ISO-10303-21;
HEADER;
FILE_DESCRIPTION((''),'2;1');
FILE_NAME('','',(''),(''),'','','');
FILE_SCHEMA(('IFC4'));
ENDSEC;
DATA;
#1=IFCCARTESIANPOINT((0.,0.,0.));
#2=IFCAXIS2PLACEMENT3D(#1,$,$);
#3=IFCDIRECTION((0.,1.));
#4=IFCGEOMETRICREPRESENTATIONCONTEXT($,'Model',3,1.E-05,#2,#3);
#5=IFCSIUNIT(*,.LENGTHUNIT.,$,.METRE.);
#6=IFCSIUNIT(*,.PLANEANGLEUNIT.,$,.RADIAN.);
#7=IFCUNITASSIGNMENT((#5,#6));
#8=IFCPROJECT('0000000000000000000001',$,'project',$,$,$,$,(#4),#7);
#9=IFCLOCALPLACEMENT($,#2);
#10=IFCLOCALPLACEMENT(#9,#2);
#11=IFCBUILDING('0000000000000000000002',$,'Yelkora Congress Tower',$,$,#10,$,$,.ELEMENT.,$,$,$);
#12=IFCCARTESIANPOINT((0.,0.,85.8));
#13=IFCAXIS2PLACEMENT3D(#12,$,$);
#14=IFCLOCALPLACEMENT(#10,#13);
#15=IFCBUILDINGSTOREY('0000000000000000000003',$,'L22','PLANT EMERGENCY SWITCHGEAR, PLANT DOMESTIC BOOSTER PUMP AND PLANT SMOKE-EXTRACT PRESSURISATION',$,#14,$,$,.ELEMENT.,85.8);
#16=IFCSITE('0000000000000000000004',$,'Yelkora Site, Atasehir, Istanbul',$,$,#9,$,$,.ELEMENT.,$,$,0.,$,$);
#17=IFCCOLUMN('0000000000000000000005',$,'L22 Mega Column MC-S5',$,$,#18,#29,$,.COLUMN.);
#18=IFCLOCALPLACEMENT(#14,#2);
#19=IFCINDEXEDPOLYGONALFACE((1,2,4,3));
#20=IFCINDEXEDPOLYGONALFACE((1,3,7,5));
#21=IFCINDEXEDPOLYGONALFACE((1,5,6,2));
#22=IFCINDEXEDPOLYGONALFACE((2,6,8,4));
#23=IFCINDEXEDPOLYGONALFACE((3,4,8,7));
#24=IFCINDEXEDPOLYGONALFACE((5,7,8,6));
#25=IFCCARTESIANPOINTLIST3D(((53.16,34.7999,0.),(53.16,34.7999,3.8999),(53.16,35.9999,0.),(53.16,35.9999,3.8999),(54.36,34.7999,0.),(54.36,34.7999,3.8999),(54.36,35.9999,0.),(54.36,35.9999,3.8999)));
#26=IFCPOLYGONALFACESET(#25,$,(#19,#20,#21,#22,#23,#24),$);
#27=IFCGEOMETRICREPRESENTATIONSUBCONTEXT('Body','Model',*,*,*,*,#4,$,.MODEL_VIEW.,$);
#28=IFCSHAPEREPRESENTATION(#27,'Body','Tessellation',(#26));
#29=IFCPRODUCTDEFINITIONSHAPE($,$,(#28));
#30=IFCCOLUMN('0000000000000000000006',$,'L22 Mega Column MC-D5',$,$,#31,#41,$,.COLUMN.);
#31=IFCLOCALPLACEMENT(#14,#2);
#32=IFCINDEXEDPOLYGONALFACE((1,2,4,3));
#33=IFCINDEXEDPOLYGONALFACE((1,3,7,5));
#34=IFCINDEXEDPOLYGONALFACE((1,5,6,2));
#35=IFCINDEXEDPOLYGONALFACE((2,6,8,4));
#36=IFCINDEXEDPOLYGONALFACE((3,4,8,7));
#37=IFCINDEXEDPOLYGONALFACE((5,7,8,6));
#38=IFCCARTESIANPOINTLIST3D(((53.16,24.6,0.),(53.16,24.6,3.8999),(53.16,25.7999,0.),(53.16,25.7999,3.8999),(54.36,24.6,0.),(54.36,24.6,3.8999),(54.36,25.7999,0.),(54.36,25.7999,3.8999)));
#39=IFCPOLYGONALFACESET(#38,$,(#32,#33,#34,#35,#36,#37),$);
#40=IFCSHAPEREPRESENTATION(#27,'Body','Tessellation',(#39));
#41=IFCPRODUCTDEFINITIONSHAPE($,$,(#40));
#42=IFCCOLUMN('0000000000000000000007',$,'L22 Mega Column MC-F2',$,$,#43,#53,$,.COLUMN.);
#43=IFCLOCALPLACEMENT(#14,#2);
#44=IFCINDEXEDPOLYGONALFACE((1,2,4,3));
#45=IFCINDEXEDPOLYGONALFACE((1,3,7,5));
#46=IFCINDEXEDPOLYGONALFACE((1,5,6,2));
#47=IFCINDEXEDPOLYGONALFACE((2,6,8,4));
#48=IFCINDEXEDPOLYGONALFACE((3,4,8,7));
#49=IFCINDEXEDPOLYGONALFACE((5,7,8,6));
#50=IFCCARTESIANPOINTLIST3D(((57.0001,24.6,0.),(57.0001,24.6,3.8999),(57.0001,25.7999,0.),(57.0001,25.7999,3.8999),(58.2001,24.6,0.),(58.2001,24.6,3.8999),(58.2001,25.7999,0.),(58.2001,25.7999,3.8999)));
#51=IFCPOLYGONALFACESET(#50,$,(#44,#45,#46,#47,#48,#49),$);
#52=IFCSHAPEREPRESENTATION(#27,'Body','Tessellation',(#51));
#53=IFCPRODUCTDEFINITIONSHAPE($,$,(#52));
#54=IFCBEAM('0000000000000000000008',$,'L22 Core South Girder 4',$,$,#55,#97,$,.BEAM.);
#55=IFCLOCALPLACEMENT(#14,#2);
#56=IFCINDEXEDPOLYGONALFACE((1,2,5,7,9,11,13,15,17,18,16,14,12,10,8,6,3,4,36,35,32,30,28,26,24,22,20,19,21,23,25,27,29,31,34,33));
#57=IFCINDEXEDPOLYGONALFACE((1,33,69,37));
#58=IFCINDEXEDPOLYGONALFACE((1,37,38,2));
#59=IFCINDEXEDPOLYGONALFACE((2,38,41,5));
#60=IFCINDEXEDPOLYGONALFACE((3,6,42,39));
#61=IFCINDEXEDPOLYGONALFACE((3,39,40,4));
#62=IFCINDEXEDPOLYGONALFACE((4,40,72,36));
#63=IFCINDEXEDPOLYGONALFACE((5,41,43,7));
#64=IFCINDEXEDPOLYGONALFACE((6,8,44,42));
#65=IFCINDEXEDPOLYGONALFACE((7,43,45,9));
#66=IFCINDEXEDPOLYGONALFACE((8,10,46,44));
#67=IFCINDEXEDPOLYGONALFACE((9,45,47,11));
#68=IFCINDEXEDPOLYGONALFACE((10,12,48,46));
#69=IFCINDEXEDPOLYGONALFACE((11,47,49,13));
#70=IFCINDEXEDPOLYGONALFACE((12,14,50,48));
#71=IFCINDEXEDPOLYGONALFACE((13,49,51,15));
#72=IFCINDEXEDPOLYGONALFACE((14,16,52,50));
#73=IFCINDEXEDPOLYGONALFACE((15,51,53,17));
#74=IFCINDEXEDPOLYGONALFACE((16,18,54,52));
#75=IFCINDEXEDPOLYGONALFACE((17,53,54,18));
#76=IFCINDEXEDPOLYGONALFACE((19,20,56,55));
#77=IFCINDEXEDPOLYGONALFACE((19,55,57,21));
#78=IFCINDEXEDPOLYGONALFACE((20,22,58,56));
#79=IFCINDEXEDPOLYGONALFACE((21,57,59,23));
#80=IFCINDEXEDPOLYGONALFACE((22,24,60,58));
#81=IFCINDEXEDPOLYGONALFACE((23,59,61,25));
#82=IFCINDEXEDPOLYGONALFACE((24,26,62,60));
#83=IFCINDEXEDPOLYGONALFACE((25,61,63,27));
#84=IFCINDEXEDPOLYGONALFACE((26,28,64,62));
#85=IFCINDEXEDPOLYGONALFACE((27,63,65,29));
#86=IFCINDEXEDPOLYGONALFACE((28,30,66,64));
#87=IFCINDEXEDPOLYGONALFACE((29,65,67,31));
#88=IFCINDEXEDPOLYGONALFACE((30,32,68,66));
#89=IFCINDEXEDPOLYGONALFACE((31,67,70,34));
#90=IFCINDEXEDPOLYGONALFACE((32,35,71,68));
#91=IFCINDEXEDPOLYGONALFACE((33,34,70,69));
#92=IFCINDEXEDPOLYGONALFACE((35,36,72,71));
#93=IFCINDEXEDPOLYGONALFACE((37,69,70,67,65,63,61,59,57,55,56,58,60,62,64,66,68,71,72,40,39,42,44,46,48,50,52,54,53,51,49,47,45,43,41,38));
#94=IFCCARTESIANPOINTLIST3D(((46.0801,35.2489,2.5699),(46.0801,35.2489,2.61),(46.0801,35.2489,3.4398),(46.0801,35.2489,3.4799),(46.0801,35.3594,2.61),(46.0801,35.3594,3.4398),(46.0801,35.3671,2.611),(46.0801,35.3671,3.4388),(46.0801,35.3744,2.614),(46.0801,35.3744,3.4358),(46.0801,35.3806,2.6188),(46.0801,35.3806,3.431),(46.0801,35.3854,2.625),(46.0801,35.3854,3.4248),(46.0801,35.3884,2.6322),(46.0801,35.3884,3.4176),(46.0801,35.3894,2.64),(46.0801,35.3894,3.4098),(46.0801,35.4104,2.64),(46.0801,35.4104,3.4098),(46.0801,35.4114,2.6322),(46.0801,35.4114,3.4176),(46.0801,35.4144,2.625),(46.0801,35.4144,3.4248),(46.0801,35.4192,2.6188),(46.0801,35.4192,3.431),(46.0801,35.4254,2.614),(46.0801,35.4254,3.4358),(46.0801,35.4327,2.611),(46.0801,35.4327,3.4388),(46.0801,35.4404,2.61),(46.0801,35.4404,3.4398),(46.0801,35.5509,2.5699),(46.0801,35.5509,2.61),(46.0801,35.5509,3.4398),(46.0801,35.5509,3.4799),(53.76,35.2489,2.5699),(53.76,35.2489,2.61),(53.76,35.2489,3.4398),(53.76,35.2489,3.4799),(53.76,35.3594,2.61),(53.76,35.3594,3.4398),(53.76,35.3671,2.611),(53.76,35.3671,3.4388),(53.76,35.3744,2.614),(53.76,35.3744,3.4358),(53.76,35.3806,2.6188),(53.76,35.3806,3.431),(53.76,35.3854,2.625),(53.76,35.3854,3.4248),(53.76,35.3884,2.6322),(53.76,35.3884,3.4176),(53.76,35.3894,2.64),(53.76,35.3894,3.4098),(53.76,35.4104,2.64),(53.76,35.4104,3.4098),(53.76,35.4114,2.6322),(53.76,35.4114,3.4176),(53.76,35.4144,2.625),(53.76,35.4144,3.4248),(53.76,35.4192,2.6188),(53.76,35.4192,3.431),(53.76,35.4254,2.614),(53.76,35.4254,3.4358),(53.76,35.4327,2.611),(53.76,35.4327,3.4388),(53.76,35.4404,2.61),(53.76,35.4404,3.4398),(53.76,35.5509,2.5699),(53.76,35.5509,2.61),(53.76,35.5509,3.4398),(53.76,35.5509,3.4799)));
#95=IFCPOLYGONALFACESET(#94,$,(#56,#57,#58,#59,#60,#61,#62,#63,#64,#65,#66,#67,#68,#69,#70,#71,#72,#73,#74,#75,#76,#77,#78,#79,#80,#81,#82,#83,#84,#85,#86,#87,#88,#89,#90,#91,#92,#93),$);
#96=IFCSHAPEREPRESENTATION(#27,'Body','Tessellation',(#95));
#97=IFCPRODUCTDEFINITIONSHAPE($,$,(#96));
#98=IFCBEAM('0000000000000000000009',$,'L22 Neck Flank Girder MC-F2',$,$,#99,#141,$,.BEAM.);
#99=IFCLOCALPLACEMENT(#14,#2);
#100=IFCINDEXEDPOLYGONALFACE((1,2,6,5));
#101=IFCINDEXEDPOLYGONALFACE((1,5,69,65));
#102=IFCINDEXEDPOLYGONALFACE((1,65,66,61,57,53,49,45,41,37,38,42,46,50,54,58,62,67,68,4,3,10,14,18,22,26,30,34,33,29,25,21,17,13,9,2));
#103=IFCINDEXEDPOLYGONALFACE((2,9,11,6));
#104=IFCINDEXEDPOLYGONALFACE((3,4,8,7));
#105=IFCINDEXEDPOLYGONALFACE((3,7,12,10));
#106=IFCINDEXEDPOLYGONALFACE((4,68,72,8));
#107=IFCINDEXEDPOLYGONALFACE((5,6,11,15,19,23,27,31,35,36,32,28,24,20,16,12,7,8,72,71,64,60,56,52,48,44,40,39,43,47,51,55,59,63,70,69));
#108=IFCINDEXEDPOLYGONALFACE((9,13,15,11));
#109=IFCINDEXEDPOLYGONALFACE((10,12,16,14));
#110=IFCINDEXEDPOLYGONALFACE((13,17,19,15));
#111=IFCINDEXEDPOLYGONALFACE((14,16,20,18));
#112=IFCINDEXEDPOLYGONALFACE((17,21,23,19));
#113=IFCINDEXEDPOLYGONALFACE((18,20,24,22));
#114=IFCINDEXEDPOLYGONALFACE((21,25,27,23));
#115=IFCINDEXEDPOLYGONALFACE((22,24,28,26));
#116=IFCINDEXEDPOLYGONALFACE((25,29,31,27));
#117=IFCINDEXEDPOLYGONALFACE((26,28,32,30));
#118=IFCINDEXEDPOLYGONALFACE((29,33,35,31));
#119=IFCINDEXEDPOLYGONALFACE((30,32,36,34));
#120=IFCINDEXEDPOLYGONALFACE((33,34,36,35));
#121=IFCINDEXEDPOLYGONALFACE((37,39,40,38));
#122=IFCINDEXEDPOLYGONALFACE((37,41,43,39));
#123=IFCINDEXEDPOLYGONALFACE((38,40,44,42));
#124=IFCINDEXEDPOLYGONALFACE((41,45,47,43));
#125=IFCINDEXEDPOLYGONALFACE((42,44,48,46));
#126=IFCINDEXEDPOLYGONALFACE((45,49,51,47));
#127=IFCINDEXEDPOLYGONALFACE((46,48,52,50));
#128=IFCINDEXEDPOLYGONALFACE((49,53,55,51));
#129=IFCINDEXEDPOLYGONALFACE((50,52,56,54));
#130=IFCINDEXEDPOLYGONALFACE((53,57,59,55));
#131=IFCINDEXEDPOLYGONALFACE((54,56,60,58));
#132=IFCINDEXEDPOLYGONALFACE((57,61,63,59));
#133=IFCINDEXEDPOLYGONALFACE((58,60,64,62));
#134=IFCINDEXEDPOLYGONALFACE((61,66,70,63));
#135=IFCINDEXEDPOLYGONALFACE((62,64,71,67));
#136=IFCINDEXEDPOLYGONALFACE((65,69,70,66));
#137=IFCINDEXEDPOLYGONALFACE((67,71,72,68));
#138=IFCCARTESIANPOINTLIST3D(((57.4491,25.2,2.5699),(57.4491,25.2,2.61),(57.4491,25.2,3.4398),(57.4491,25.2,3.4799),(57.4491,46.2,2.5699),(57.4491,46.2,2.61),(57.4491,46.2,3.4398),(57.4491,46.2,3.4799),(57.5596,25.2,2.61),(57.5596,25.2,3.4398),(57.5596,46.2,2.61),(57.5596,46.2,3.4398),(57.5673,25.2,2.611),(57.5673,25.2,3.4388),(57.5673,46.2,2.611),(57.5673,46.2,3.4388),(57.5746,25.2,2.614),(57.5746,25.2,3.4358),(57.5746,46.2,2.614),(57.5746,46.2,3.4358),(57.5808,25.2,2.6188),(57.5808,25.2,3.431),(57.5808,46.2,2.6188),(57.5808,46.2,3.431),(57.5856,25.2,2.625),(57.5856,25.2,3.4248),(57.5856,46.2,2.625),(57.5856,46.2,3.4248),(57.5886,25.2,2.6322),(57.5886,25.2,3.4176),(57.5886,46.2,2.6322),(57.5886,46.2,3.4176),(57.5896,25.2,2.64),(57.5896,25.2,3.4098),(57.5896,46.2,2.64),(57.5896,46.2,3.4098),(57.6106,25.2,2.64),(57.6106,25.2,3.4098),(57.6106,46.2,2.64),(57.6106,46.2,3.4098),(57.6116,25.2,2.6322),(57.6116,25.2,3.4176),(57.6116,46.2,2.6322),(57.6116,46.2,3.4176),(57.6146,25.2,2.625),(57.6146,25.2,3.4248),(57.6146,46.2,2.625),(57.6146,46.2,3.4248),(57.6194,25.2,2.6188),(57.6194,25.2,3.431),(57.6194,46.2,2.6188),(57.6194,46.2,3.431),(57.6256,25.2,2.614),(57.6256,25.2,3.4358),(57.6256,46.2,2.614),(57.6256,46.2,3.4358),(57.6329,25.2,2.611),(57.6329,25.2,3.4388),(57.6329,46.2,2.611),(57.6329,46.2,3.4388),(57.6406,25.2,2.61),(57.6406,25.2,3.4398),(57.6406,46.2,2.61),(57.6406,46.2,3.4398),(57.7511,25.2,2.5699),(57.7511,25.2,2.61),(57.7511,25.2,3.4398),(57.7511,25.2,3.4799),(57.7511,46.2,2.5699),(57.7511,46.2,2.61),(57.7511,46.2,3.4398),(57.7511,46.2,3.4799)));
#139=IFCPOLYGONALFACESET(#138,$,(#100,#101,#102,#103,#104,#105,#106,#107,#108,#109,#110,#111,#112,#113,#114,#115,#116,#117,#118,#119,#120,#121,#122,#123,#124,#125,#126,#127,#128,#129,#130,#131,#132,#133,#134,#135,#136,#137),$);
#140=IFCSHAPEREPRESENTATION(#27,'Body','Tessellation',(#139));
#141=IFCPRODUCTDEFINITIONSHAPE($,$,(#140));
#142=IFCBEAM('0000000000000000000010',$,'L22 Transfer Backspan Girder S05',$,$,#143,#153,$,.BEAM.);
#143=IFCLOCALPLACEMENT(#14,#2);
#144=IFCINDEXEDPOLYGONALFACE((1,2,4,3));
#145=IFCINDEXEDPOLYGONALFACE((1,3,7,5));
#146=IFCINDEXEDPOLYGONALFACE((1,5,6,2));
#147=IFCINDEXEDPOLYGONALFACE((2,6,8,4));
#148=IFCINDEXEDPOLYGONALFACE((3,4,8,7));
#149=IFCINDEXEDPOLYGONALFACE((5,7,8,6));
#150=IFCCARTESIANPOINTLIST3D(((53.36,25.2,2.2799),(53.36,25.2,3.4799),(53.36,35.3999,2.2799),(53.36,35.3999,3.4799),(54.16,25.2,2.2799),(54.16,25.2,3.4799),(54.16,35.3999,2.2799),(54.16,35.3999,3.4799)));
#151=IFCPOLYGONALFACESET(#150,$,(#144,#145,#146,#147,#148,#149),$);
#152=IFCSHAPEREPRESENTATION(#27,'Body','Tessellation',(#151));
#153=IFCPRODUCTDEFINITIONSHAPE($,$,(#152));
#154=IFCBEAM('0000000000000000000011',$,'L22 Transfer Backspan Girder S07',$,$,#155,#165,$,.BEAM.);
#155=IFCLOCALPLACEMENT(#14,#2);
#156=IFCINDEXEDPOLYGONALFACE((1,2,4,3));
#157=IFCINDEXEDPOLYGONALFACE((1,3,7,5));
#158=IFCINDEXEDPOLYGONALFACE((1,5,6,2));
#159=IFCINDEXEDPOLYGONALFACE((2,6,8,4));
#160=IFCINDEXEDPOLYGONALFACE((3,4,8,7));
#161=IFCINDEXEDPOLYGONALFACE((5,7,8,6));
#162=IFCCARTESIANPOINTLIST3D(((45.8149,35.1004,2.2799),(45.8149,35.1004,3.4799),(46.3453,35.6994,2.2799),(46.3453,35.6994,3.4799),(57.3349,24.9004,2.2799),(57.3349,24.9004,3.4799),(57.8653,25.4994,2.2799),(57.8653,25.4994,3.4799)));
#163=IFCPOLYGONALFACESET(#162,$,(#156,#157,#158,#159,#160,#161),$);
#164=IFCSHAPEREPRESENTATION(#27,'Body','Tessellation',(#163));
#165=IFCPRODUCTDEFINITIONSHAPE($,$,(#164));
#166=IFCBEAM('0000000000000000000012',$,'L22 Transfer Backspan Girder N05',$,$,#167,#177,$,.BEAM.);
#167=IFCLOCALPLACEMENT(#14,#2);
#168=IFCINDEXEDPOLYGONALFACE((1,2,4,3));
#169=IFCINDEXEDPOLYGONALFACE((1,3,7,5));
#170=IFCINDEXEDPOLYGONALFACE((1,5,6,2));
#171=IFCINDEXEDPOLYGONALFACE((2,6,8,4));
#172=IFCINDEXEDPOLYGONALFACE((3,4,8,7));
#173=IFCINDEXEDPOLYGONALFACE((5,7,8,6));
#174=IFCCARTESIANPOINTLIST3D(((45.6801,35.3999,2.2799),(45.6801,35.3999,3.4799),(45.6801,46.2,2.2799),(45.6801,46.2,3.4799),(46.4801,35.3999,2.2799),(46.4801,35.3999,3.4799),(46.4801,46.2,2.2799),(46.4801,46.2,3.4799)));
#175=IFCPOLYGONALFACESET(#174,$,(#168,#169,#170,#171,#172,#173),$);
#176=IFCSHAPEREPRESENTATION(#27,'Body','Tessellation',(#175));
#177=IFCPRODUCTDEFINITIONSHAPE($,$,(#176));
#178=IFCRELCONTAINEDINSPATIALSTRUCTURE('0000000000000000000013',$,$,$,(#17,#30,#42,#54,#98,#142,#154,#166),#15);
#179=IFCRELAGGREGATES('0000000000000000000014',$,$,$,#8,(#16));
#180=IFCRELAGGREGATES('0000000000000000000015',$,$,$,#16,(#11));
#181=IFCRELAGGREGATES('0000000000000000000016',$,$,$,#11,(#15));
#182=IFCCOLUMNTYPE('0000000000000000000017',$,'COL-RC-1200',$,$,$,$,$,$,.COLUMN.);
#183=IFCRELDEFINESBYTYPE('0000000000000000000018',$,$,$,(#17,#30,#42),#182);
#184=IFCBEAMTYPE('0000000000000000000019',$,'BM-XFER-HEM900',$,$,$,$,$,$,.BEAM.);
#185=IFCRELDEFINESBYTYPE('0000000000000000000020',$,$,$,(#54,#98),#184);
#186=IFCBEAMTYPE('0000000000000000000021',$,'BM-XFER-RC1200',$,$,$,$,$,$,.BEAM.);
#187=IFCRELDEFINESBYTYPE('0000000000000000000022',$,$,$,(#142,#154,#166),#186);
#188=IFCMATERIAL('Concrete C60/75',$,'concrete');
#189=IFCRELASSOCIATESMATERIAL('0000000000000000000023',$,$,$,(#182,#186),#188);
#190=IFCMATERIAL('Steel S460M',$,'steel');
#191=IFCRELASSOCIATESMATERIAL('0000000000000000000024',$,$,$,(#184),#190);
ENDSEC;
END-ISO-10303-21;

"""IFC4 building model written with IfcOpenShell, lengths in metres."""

from ifc_helpers import new_model, si_unit, direction, frame, origin, origin_2d, place, context, subcontext, project, spatial, rectangle, i_section, extrude, material, material_profile, profile_set, type_object, element, save


model = new_model("IFC4")

# Units and contexts
model_context = context("Model", 3, precision=1e-05, world=origin(), true_north=direction((0.0, 1.0)))
body_context = subcontext(model_context, "Body", "Model", "MODEL_VIEW")
ifc_project = project(units=[si_unit("LENGTHUNIT", "METRE"), si_unit("PLANEANGLEUNIT", "RADIAN")], contexts=[model_context])

# Site, building, storey
site_placement = place(None, origin())
site = spatial("IfcSite", under=ifc_project, at=site_placement, Name="Yelkora Site, Atasehir, Istanbul", CompositionType="ELEMENT", RefElevation=0.0)
building_placement = place(site_placement, origin())
building = spatial("IfcBuilding", under=site, at=building_placement, Name="Yelkora Congress Tower", CompositionType="ELEMENT")
storey_placement = place(building_placement, frame((0.0, 0.0, 85.8)))
storey = spatial("IfcBuildingStorey", under=building, at=storey_placement, Name="L22", Description="PLANT EMERGENCY SWITCHGEAR, PLANT DOMESTIC BOOSTER PUMP AND PLANT SMOKE-EXTRACT PRESSURISATION", CompositionType="ELEMENT", Elevation=85.8)

# Columns
ifc_material_1 = material(Name="Concrete C60/75", Category="concrete")
ifc_material_profile_1 = material_profile(ifc_material_1, rectangle(XDim=1.2, YDim=1.2, at=origin_2d()), Name="RC 1200x1200")
ifc_profile_set_1 = profile_set([ifc_material_profile_1], Name="Concrete C60/75")
column_type = type_object("IfcColumnType", Name="COL-RC-1200", PredefinedType="COLUMN", material=ifc_profile_set_1)
for number, where, z_axis, x_axis, name in (
    (1, (53.76, 35.3999, 0.0), (0.0, 0.0, 1.0), (1.0, 0.0, 0.0), "L22 Mega Column MC-S5"),
    (2, (53.76, 25.2, 0.0), (0.0, 0.0, 1.0), (1.0, 0.0, 0.0), "L22 Mega Column MC-D5"),
    (3, (57.6001, 25.2, 0.0), (0.0, 0.0, 1.0), (1.0, 0.0, 0.0), "L22 Mega Column MC-F2"),
):
    element("IfcColumn", number, at=place(storey_placement, frame(where, z_axis=z_axis, x_axis=x_axis)), inside=storey, type_object=column_type, Name=name, PredefinedType="COLUMN", context=body_context, shape_type="SweptSolid", body=[
        extrude(rectangle(XDim=1.2, YDim=1.2, at=origin_2d()), origin(), (0.0, 0.0, 1.0), 3.8999),
    ])

# Beams
ifc_material_2 = material(Name="Steel S460M", Category="steel")
ifc_material_profile_2 = material_profile(ifc_material_2, i_section(OverallWidth=0.302, OverallDepth=0.9099, WebThickness=0.021, FlangeThickness=0.04, FilletRadius=0.03, at=origin_2d()), Name="HEM 900")
ifc_profile_set_2 = profile_set([ifc_material_profile_2], Name="Steel S460M")
beam_type_1 = type_object("IfcBeamType", Name="BM-XFER-HEM900", PredefinedType="BEAM", material=ifc_profile_set_2)
beam_1_placement = place(storey_placement, frame((46.0801, 35.3999, 3.0249), z_axis=(1.0, 0.0, 0.0), x_axis=(0.0, 1.0, 0.0)))
element("IfcBeam", 4, at=beam_1_placement, inside=storey, type_object=beam_type_1, Name="L22 Core South Girder 4", PredefinedType="BEAM", context=body_context, shape_type="SweptSolid", body=[
    extrude(i_section(OverallWidth=0.302, OverallDepth=0.9099, WebThickness=0.021, FlangeThickness=0.04, FilletRadius=0.03, at=origin_2d()), origin(), (0.0, 0.0, 1.0), 7.6799),
])
beam_2_placement = place(storey_placement, frame((57.6001, 25.2, 3.0249), z_axis=(0.0, 1.0, 0.0), x_axis=(-1.0, 0.0, 0.0)))
element("IfcBeam", 5, at=beam_2_placement, inside=storey, type_object=beam_type_1, Name="L22 Neck Flank Girder MC-F2", PredefinedType="BEAM", context=body_context, shape_type="SweptSolid", body=[
    extrude(i_section(OverallWidth=0.302, OverallDepth=0.9099, WebThickness=0.021, FlangeThickness=0.04, FilletRadius=0.03, at=origin_2d()), origin(), (0.0, 0.0, 1.0), 21.0),
])
ifc_material_profile_3 = material_profile(ifc_material_1, rectangle(XDim=0.8, YDim=1.2, at=origin_2d()), Name="RC 800x1200")
ifc_profile_set_3 = profile_set([ifc_material_profile_3], Name="Concrete C60/75")
beam_type_2 = type_object("IfcBeamType", Name="BM-XFER-RC1200", PredefinedType="BEAM", material=ifc_profile_set_3)
beam_3_placement = place(storey_placement, frame((53.76, 35.3999, 2.8799), z_axis=(0.0, -1.0, 0.0), x_axis=(1.0, 0.0, 0.0)))
element("IfcBeam", 6, at=beam_3_placement, inside=storey, type_object=beam_type_2, Name="L22 Transfer Backspan Girder S05", PredefinedType="BEAM", context=body_context, shape_type="SweptSolid", body=[
    extrude(rectangle(XDim=0.8, YDim=1.2, at=origin_2d()), origin(), (0.0, 0.0, 1.0), 10.2),
])
beam_4_placement = place(storey_placement, frame((46.0801, 35.3999, 2.8799), z_axis=(0.748701, -0.662908, 0.0), x_axis=(0.662908, 0.748701, 0.0)))
element("IfcBeam", 7, at=beam_4_placement, inside=storey, type_object=beam_type_2, Name="L22 Transfer Backspan Girder S07", PredefinedType="BEAM", context=body_context, shape_type="SweptSolid", body=[
    extrude(rectangle(XDim=0.8, YDim=1.2, at=origin_2d()), origin(), (0.0, 0.0, 1.0), 15.3867),
])
beam_5_placement = place(storey_placement, frame((46.0801, 35.3999, 2.8799), z_axis=(0.0, 1.0, 0.0), x_axis=(-1.0, 0.0, 0.0)))
element("IfcBeam", 8, at=beam_5_placement, inside=storey, type_object=beam_type_2, Name="L22 Transfer Backspan Girder N05", PredefinedType="BEAM", context=body_context, shape_type="SweptSolid", body=[
    extrude(rectangle(XDim=0.8, YDim=1.2, at=origin_2d()), origin(), (0.0, 0.0, 1.0), 10.8),
])

save(model, "model.ifc")
